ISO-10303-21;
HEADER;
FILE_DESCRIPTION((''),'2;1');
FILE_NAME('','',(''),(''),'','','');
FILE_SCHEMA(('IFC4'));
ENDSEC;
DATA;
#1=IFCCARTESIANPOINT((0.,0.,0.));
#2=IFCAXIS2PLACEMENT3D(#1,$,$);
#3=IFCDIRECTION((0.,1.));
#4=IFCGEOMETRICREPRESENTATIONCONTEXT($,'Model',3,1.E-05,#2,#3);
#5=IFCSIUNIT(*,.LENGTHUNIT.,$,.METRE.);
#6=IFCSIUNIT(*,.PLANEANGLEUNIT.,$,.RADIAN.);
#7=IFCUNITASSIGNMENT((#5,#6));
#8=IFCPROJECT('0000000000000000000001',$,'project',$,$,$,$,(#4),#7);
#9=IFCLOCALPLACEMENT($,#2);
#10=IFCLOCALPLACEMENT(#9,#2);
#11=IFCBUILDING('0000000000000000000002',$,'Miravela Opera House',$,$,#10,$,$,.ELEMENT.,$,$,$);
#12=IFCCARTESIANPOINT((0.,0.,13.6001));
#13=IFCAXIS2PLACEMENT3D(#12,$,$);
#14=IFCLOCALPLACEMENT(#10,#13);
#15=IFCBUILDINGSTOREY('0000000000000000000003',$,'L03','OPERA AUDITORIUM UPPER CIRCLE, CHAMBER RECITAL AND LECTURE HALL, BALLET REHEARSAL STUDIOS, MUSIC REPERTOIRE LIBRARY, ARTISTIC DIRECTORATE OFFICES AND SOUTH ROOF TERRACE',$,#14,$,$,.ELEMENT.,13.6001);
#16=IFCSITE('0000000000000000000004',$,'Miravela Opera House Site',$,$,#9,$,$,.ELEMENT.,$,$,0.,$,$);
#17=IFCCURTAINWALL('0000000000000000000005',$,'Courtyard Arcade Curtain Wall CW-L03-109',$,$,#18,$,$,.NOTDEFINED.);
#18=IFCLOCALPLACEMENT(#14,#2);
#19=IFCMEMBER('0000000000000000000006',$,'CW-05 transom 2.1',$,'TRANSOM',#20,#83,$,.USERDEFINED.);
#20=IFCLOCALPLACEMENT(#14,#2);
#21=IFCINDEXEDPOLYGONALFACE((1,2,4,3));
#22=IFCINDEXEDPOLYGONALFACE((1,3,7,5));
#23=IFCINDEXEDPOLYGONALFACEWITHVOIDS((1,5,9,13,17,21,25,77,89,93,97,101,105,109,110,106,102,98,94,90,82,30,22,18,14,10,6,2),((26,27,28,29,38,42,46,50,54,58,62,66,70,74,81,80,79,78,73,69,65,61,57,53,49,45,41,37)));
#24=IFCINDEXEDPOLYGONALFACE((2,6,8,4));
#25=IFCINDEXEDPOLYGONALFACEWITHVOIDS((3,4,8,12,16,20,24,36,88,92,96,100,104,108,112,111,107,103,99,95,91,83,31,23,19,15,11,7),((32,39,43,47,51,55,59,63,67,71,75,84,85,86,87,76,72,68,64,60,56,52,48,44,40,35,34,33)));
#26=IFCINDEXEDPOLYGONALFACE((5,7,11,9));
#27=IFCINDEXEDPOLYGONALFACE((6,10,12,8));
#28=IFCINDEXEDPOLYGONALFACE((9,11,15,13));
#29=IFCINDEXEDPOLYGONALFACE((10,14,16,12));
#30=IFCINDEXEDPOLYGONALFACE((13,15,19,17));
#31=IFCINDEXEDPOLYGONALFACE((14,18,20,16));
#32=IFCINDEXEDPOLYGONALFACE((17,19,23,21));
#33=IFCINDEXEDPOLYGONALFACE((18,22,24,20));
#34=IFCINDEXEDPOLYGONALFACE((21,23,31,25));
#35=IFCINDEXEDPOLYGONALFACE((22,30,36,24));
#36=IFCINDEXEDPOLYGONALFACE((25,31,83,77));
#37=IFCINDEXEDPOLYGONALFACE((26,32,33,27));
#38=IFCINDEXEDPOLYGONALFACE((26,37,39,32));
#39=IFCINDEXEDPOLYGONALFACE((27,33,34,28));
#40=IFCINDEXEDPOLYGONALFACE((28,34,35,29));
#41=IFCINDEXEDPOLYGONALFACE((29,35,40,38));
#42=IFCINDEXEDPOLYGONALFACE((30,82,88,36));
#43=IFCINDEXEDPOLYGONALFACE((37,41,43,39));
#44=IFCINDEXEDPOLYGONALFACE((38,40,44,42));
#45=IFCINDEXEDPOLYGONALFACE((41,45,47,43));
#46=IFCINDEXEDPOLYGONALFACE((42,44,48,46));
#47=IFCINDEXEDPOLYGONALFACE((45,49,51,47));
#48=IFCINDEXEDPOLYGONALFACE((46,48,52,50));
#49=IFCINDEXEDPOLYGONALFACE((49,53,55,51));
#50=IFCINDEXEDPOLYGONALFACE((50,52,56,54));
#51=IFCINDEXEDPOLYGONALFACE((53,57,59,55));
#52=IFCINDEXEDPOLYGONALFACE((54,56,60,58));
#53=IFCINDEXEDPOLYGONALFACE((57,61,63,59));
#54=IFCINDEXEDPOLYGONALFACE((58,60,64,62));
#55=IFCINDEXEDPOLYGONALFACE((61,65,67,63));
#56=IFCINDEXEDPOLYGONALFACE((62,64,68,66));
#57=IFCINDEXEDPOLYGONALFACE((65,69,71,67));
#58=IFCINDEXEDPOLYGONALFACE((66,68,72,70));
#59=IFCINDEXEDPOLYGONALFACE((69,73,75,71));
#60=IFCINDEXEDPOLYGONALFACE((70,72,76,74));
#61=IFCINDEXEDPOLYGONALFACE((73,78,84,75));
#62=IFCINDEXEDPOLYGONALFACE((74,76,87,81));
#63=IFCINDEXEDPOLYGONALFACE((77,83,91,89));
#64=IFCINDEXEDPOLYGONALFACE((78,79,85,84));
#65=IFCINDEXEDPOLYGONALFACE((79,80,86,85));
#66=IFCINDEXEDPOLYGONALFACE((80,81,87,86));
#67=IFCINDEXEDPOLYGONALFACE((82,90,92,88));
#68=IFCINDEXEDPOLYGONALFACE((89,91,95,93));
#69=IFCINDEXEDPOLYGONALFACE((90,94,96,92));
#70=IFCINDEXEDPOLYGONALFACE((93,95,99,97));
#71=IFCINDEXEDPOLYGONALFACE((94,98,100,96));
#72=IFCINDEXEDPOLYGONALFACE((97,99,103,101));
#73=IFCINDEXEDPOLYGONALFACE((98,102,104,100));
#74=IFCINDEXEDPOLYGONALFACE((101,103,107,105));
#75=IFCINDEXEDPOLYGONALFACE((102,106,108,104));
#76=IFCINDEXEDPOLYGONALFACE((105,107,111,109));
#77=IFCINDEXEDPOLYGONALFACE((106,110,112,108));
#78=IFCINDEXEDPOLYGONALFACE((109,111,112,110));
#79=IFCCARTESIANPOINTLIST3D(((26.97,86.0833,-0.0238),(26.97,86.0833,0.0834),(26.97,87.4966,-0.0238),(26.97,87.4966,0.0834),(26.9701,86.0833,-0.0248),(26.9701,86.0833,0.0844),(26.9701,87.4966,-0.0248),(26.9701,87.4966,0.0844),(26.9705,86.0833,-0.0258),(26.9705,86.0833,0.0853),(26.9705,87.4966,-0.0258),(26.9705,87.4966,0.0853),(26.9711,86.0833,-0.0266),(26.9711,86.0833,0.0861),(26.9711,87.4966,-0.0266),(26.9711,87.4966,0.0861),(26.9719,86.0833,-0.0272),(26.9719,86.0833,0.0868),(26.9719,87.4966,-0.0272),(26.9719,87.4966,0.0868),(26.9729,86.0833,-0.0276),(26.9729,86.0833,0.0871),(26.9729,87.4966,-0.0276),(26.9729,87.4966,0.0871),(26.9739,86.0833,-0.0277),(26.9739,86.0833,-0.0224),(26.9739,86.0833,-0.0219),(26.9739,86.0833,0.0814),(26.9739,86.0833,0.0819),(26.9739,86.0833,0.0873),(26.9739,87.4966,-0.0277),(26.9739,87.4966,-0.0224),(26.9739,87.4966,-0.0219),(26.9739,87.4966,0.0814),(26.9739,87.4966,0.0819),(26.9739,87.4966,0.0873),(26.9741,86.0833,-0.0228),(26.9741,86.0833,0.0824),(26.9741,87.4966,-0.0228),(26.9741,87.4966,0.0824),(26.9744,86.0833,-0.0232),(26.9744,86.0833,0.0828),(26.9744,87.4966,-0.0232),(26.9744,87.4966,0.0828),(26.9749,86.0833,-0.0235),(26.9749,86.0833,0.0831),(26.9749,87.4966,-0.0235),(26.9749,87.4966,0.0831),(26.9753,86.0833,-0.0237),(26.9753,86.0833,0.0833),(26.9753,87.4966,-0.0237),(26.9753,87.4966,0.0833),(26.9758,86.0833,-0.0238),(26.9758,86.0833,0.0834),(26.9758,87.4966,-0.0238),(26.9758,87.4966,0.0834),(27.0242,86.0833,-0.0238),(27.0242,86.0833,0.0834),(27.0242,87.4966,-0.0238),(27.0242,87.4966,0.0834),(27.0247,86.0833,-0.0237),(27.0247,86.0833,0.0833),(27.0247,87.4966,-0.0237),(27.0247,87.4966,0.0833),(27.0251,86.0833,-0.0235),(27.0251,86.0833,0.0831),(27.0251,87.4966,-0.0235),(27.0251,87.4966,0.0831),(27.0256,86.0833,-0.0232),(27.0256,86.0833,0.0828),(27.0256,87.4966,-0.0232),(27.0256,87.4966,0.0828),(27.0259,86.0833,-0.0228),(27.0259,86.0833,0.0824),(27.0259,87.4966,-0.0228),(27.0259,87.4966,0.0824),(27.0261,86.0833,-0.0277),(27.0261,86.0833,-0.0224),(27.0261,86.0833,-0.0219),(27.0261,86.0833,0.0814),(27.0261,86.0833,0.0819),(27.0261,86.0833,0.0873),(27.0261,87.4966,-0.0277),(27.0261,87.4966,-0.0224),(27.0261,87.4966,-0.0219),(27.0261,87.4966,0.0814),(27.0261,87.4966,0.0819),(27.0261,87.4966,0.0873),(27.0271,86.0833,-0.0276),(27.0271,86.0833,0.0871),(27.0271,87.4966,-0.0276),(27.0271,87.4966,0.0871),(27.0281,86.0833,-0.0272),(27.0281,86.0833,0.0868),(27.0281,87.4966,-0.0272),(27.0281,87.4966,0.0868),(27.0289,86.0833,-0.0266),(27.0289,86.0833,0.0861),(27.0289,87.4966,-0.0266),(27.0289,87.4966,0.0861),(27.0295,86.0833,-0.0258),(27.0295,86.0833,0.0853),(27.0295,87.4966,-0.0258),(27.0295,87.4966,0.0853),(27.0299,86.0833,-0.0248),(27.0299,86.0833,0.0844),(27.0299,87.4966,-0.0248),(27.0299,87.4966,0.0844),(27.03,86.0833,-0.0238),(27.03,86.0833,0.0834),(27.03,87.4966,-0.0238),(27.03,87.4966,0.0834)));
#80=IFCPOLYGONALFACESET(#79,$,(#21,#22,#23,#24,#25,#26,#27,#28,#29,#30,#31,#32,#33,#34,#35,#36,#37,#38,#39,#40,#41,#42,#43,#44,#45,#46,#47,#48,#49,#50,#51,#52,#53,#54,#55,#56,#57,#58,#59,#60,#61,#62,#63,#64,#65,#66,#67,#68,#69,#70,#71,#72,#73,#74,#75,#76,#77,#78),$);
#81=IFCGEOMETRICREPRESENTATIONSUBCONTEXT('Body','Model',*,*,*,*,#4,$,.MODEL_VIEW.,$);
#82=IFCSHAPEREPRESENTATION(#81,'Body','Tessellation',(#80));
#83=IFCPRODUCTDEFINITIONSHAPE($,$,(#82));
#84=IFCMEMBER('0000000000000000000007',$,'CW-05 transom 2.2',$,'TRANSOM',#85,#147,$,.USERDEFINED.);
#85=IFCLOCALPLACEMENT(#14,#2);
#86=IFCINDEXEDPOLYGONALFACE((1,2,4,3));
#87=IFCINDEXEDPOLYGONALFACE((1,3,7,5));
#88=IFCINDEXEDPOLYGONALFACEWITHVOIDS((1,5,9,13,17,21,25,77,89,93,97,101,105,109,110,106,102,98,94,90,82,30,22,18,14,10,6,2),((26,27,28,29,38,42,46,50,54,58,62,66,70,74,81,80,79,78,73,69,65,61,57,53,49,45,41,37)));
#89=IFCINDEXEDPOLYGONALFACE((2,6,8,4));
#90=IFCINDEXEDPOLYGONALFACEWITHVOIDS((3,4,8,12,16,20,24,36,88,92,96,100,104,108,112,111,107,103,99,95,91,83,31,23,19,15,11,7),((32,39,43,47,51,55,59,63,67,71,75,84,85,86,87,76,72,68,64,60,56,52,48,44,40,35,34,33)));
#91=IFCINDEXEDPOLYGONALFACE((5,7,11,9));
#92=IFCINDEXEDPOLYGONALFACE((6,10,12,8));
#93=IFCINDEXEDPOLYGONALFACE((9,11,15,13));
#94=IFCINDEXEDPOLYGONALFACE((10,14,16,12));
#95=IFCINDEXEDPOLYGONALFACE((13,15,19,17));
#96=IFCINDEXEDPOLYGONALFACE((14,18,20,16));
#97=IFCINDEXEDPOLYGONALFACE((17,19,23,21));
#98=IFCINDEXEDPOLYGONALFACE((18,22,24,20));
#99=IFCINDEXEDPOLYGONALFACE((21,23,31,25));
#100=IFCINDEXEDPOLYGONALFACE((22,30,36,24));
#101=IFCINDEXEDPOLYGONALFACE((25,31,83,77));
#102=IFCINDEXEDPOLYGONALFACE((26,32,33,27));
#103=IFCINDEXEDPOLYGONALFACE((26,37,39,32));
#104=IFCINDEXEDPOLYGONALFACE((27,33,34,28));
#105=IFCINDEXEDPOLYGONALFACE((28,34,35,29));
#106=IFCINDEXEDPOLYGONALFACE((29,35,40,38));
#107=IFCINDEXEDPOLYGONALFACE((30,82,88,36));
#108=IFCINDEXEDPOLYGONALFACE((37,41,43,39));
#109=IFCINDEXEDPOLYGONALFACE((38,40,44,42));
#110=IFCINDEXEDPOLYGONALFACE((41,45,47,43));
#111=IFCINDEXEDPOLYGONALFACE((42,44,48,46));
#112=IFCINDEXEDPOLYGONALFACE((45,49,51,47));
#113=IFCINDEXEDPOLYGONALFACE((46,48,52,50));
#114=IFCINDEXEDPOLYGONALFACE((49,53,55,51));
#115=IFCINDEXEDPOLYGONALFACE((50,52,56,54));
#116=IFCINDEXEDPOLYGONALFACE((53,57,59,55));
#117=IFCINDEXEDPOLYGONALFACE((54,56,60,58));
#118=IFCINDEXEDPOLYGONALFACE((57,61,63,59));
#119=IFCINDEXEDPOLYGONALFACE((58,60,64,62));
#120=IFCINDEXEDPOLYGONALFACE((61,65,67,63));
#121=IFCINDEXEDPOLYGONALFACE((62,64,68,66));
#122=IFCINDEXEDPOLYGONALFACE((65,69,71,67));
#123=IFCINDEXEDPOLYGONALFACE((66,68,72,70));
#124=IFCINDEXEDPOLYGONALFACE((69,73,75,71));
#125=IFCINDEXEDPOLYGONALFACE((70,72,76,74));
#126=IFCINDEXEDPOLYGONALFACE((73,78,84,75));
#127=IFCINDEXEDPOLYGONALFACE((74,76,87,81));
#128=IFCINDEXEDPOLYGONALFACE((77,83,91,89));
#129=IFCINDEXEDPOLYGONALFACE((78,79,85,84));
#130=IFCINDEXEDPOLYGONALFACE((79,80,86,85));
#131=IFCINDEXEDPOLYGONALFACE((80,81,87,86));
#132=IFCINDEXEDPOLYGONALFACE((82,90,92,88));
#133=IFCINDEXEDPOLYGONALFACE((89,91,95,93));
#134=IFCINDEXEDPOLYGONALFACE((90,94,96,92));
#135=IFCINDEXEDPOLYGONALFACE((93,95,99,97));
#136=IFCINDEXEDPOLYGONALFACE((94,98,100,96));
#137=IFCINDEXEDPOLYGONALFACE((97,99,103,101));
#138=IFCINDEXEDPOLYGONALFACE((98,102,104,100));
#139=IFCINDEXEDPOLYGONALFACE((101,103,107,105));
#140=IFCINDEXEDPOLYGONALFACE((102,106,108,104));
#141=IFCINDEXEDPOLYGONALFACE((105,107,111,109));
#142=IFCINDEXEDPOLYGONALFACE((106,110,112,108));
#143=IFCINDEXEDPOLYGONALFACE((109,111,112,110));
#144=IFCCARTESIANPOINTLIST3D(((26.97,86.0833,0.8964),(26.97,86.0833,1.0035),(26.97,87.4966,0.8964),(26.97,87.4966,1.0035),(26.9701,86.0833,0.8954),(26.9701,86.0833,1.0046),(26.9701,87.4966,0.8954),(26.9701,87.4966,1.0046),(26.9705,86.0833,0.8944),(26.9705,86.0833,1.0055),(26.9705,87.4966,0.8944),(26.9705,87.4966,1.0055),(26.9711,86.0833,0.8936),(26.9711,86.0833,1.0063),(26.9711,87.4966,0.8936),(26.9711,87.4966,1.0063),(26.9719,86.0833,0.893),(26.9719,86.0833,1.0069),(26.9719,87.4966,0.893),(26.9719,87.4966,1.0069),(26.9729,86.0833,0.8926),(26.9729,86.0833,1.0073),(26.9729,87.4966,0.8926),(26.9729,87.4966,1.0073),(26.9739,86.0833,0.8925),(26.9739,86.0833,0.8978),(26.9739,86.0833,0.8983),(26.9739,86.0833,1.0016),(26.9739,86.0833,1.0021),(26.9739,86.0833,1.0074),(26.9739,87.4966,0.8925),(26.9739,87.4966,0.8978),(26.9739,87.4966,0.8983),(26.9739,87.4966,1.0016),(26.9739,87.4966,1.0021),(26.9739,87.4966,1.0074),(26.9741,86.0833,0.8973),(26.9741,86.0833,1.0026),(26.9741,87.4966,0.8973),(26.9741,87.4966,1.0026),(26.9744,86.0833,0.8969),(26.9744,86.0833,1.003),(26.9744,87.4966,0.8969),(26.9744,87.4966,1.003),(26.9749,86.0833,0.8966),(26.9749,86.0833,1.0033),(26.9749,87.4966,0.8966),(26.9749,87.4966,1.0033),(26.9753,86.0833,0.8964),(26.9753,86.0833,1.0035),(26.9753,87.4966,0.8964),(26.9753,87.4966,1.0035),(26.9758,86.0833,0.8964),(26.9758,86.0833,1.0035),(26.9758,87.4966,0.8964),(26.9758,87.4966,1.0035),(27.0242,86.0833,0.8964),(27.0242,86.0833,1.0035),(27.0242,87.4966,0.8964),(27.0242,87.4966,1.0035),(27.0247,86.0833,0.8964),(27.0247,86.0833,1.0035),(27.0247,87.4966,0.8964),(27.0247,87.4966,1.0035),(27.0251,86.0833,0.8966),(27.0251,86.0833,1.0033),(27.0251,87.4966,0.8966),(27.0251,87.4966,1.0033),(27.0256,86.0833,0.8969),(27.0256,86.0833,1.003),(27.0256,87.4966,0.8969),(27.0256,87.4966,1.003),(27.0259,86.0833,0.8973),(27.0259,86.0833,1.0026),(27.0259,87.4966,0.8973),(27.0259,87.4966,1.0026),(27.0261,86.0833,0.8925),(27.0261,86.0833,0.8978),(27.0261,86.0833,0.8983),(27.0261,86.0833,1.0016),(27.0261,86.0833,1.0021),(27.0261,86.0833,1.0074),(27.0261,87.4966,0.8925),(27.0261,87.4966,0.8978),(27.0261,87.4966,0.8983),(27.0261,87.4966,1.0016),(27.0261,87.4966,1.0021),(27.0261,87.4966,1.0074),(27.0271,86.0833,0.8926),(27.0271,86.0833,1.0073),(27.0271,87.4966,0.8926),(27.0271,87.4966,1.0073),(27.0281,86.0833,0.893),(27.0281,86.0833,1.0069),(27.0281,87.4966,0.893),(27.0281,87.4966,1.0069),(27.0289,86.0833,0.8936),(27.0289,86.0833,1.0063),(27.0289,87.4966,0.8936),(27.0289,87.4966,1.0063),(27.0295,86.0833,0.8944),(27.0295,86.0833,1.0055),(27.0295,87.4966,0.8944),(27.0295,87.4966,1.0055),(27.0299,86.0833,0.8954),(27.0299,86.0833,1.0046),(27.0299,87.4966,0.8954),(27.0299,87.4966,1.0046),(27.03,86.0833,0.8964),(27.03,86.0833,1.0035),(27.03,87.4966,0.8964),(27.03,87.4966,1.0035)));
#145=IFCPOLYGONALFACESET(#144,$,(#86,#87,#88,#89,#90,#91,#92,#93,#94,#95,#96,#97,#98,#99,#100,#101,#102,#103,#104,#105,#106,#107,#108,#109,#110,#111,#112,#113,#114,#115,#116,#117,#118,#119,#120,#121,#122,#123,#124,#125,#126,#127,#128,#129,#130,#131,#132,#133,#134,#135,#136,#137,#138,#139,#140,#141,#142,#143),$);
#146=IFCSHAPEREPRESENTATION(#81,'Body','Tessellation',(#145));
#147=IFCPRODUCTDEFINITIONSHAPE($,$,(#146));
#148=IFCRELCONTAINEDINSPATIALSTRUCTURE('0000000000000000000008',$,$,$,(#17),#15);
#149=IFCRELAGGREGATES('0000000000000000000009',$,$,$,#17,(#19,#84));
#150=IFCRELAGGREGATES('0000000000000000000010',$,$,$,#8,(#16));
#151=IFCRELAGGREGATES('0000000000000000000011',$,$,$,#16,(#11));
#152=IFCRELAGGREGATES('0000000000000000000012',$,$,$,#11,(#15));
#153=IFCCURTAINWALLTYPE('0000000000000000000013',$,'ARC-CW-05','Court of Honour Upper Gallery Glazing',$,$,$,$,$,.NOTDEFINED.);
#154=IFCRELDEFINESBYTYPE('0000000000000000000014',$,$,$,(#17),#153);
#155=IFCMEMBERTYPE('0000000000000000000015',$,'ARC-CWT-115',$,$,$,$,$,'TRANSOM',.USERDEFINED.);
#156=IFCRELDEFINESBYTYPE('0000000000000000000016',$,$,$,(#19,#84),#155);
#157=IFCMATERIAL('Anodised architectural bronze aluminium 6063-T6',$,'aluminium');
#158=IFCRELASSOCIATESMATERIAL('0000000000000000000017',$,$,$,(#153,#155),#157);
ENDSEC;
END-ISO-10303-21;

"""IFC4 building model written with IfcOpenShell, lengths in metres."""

from ifc_helpers import new_model, si_unit, direction, frame, origin, origin_2d, place, context, subcontext, project, spatial, hollow_rectangle, extrude, material, material_profile, profile_set, type_object, element, aggregate, save


model = new_model("IFC4")

# Units and contexts
model_context = context("Model", 3, precision=1e-05, world=origin(), true_north=direction((0.0, 1.0)))
body_context = subcontext(model_context, "Body", "Model", "MODEL_VIEW")
ifc_project = project(units=[si_unit("LENGTHUNIT", "METRE"), si_unit("PLANEANGLEUNIT", "RADIAN")], contexts=[model_context])

# Site, building, storey
site_placement = place(None, origin())
site = spatial("IfcSite", under=ifc_project, at=site_placement, Name="Miravela Opera House Site", CompositionType="ELEMENT", RefElevation=0.0)
building_placement = place(site_placement, origin())
building = spatial("IfcBuilding", under=site, at=building_placement, Name="Miravela Opera House", CompositionType="ELEMENT")
storey_placement = place(building_placement, frame((0.0, 0.0, 13.6001)))
storey = spatial("IfcBuildingStorey", under=building, at=storey_placement, Name="L03", Description="OPERA AUDITORIUM UPPER CIRCLE, CHAMBER RECITAL AND LECTURE HALL, BALLET REHEARSAL STUDIOS, MUSIC REPERTOIRE LIBRARY, ARTISTIC DIRECTORATE OFFICES AND SOUTH ROOF TERRACE", CompositionType="ELEMENT", Elevation=13.6001)

# Curtain wall, members
ifc_material_1 = material(Name="Anodised architectural bronze aluminium 6063-T6", Category="aluminium")
curtain_wall_type = type_object("IfcCurtainWallType", Name="ARC-CW-05", Description="Court of Honour Upper Gallery Glazing", PredefinedType="NOTDEFINED", material=ifc_material_1)
curtain_wall_placement = place(storey_placement, origin())
curtain_wall = element("IfcCurtainWall", 1, at=curtain_wall_placement, inside=storey, type_object=curtain_wall_type, Name="Courtyard Arcade Curtain Wall CW-L03-109", PredefinedType="NOTDEFINED")
ifc_material_profile_1 = material_profile(ifc_material_1, hollow_rectangle(XDim=0.0601, YDim=0.115, WallThickness=0.0039, InnerFilletRadius=0.002, OuterFilletRadius=0.0039, at=origin_2d()), Name="CWT-60X115")
ifc_profile_set_1 = profile_set([ifc_material_profile_1])
member_type_1 = type_object("IfcMemberType", Name="ARC-CWT-115", ElementType="TRANSOM", PredefinedType="USERDEFINED", material=ifc_profile_set_1)
member_1_placement = place(storey_placement, frame((27.0, 86.0833, 0.0298), z_axis=(0.0, 1.0, 0.0), x_axis=(-1.0, 0.0, 0.0)))
member_1 = element("IfcMember", 2, at=member_1_placement, type_object=member_type_1, Name="CW-05 transom 2.1", ObjectType="TRANSOM", PredefinedType="USERDEFINED", context=body_context, shape_type="SweptSolid", body=[
    extrude(hollow_rectangle(XDim=0.0601, YDim=0.115, WallThickness=0.0039, InnerFilletRadius=0.002, OuterFilletRadius=0.0039, at=origin_2d()), origin(), (0.0, 0.0, 1.0), 1.4133),
])
member_2_placement = place(storey_placement, frame((27.0, 86.0833, 0.95), z_axis=(0.0, 1.0, 0.0), x_axis=(-1.0, 0.0, 0.0)))
member_2 = element("IfcMember", 3, at=member_2_placement, type_object=member_type_1, Name="CW-05 transom 2.2", ObjectType="TRANSOM", PredefinedType="USERDEFINED", context=body_context, shape_type="SweptSolid", body=[
    extrude(hollow_rectangle(XDim=0.0601, YDim=0.115, WallThickness=0.0039, InnerFilletRadius=0.002, OuterFilletRadius=0.0039, at=origin_2d()), origin(), (0.0, 0.0, 1.0), 1.4133),
])

aggregate(curtain_wall, [member_1, member_2])

save(model, "model.ifc")
